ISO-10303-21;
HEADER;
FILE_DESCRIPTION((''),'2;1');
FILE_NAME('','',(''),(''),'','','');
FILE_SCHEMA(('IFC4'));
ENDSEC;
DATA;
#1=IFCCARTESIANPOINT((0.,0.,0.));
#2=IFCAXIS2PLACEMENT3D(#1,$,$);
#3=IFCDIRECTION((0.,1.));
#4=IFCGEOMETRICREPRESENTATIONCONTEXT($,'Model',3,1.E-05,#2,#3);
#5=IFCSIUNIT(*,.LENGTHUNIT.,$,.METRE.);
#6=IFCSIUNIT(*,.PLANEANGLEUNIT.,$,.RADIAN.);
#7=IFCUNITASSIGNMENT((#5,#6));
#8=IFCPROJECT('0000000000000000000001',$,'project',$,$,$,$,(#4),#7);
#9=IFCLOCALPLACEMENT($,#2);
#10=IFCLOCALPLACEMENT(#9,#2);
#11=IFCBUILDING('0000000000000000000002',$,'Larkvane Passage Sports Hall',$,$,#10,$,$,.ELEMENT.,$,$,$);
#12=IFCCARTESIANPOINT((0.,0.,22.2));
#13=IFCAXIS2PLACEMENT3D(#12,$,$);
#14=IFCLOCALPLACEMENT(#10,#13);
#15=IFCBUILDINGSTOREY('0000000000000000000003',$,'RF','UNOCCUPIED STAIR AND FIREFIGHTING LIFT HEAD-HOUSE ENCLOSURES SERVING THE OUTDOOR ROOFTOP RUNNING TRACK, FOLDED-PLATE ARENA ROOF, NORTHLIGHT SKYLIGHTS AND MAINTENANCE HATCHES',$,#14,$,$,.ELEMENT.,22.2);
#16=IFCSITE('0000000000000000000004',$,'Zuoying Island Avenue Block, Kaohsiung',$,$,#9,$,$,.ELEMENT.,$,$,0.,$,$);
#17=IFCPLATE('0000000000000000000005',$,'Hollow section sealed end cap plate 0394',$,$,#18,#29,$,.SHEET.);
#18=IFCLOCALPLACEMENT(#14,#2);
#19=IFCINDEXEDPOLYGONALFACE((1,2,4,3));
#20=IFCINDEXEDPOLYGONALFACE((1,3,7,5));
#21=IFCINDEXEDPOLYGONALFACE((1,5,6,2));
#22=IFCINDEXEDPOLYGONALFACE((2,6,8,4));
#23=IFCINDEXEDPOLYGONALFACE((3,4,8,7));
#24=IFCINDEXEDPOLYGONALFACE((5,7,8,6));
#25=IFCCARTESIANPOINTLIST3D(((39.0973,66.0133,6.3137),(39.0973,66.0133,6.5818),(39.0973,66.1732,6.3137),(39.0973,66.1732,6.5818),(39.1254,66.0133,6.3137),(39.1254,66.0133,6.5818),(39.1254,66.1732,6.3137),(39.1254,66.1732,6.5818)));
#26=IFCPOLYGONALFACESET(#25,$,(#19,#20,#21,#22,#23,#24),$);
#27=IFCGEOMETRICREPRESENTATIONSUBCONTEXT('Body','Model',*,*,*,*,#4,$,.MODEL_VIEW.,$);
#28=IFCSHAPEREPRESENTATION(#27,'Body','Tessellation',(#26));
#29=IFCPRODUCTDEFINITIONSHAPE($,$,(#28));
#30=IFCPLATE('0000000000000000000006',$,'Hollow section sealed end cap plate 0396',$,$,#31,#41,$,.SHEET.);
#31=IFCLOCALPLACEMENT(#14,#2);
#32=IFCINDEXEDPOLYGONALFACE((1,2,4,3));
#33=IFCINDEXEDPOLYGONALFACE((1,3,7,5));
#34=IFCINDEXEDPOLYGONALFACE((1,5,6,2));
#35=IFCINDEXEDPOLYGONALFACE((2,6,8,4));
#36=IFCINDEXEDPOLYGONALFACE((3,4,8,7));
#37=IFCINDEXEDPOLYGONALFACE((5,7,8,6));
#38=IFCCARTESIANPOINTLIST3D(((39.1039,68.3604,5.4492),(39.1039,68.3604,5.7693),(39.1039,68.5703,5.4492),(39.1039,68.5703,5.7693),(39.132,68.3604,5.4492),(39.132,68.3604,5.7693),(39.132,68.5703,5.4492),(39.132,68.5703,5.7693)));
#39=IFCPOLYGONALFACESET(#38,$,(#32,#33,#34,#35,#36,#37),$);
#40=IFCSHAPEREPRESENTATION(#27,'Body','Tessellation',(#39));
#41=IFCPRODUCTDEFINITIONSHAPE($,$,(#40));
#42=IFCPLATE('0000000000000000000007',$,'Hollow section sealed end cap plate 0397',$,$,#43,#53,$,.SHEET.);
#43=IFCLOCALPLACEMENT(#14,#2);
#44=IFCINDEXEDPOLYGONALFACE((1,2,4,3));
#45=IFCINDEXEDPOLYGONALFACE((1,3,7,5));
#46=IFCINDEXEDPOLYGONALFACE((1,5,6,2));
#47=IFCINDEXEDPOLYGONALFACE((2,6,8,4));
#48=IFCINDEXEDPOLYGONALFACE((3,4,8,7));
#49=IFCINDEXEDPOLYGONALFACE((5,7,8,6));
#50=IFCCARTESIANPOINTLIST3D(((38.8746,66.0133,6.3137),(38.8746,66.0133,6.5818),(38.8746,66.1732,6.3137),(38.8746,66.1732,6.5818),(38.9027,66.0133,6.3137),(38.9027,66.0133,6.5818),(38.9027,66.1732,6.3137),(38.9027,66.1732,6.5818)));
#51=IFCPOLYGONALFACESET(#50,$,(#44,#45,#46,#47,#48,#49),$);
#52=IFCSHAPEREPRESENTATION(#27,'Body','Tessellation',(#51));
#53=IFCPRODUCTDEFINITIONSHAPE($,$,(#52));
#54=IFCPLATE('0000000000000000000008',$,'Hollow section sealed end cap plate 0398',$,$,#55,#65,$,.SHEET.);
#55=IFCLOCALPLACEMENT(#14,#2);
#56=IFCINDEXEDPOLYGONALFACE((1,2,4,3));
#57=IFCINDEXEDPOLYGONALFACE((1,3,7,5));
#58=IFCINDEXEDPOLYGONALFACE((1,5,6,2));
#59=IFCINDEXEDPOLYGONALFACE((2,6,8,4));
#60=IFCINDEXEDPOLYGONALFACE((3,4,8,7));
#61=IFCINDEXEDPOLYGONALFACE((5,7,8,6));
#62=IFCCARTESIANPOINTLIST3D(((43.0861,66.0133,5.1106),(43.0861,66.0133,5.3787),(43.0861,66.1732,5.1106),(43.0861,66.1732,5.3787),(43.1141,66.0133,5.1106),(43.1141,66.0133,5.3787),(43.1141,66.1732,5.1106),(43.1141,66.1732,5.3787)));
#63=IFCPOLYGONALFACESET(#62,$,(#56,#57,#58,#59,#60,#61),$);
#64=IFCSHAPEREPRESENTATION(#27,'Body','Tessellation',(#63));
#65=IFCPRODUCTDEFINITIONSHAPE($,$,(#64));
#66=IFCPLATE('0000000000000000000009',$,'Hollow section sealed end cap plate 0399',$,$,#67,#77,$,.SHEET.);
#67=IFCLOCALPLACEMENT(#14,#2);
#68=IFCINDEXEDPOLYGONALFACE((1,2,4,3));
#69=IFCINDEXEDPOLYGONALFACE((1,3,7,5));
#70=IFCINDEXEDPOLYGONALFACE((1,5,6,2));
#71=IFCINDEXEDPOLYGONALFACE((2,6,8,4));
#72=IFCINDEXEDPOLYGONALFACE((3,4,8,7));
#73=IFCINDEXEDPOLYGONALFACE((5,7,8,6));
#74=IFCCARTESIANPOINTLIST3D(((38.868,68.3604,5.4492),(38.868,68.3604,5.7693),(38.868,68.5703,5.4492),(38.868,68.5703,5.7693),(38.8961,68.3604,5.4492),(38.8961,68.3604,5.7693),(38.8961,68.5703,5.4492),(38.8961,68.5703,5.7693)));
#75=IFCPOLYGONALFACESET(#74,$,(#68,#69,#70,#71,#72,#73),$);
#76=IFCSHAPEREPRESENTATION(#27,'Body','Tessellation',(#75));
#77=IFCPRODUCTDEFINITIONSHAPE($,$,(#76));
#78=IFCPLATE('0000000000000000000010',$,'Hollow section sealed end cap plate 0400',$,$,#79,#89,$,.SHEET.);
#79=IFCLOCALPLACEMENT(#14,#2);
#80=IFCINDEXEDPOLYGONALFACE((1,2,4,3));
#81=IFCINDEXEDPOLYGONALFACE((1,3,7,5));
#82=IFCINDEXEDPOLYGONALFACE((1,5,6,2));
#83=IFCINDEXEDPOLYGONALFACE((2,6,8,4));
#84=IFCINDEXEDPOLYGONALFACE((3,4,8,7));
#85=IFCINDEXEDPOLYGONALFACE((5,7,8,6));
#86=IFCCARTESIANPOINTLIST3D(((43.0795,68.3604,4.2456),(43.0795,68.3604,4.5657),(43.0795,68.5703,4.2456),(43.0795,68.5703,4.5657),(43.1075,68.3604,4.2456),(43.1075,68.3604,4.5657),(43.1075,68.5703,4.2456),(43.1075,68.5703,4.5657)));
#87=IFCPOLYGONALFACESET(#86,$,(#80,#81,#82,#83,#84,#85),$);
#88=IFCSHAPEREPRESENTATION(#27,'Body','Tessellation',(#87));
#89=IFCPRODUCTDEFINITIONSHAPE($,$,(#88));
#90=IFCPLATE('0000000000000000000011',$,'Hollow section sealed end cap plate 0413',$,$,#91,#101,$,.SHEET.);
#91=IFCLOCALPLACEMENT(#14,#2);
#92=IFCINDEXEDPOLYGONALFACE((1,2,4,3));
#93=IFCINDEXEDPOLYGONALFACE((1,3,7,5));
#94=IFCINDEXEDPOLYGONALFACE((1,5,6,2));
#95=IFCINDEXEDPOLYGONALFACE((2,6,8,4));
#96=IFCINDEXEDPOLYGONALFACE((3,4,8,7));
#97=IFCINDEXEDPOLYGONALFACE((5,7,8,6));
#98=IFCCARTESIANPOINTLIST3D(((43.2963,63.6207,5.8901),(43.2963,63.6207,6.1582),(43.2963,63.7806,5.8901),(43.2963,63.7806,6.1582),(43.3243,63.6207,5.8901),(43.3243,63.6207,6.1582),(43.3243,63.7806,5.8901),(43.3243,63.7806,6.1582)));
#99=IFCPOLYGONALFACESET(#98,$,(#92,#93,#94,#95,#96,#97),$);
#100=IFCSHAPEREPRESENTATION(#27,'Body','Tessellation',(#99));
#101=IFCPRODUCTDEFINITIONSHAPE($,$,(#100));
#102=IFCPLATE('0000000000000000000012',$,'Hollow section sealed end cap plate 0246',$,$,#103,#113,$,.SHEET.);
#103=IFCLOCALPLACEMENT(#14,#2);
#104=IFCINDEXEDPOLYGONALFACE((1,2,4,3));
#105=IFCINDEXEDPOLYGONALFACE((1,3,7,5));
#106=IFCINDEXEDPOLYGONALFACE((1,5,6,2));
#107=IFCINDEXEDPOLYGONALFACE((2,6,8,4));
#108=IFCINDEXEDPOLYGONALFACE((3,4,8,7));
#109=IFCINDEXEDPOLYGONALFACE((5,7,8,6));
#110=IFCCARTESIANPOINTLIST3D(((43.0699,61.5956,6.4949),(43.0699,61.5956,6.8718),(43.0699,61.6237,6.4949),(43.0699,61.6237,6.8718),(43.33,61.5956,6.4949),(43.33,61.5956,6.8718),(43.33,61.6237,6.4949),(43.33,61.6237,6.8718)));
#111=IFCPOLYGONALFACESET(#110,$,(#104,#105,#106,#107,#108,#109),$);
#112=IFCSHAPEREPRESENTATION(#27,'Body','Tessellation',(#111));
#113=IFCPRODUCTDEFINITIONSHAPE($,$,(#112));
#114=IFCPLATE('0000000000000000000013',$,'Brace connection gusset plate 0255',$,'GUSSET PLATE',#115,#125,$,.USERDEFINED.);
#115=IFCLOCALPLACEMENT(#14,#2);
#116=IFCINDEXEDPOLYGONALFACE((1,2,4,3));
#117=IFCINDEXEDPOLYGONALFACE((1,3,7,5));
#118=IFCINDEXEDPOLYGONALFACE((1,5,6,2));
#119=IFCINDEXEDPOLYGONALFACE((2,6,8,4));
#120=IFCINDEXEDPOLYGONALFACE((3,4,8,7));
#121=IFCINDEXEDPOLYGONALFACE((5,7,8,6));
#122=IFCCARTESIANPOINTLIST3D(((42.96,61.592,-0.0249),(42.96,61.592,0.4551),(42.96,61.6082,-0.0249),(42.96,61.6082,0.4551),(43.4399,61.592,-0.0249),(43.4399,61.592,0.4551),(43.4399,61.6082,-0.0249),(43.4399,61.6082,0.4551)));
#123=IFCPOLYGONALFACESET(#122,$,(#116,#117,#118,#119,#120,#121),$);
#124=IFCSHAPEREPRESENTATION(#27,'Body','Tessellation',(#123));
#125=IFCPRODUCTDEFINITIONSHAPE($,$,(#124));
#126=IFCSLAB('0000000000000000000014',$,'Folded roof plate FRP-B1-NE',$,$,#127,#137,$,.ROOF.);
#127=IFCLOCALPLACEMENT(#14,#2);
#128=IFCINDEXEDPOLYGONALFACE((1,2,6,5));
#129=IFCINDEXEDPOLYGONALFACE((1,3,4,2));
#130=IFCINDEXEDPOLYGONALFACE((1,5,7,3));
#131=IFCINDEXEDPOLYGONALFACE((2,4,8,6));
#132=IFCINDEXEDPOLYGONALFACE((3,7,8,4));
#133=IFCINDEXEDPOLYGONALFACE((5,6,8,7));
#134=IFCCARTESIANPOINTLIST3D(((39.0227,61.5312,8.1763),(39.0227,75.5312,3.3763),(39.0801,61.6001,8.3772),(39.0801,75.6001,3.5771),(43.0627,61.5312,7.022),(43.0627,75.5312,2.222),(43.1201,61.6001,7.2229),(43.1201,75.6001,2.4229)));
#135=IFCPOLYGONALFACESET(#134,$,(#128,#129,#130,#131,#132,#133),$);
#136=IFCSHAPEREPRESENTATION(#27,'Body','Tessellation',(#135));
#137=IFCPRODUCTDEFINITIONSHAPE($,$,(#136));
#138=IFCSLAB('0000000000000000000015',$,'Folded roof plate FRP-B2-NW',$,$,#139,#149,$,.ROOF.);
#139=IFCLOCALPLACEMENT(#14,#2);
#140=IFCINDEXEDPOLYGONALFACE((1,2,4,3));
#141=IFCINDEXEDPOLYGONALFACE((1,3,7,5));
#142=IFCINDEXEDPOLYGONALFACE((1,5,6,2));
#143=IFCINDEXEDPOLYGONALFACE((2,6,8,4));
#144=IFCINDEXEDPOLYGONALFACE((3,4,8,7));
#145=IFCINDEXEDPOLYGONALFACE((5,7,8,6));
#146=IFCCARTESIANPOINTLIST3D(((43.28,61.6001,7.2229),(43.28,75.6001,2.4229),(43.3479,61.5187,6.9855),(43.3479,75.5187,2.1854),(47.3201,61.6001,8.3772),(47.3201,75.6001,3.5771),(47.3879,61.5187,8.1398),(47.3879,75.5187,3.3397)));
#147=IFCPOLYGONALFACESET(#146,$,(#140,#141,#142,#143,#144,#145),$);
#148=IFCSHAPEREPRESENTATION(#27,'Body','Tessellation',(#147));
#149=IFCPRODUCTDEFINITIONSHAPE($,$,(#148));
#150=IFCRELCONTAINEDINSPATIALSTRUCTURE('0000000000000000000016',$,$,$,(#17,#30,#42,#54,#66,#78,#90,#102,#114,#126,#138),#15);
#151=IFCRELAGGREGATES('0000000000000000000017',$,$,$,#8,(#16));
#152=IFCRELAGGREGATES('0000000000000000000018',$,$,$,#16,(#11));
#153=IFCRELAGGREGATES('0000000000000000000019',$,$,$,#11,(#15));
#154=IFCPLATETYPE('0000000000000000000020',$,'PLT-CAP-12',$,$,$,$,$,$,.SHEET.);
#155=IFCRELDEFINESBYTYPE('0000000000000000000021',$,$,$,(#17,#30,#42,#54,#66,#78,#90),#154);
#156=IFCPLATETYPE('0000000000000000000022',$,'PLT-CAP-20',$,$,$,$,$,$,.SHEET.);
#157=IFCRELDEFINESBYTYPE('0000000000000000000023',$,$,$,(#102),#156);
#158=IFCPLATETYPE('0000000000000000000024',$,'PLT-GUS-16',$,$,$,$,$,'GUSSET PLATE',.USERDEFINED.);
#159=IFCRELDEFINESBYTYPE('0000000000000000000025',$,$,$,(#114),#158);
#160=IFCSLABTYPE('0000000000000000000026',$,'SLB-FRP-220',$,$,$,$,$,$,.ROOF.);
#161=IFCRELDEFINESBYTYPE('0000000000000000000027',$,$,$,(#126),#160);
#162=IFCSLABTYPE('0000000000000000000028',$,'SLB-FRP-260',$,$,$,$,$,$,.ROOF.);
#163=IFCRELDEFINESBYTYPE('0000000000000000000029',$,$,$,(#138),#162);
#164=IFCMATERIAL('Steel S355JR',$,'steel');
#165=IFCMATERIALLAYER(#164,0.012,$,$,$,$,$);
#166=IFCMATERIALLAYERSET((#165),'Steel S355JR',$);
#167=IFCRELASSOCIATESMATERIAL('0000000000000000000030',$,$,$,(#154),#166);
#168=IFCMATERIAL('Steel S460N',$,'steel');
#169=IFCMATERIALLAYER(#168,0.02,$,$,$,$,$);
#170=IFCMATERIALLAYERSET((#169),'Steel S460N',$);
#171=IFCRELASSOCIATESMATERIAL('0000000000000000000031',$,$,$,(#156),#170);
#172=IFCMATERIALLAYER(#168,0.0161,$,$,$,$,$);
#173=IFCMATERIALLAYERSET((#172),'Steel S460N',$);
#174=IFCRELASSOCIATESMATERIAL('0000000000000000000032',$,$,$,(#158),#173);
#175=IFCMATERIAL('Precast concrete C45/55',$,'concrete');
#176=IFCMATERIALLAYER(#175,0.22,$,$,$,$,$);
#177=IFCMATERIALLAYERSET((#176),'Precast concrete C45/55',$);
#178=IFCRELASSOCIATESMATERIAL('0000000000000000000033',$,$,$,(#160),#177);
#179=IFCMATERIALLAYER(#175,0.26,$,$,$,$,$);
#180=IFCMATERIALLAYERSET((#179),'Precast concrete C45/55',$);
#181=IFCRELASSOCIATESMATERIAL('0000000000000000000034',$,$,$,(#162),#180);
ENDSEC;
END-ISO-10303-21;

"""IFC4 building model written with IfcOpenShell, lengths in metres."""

from ifc_helpers import new_model, si_unit, direction, frame, origin, origin_2d, place, context, subcontext, project, spatial, polyline, rectangle, outline, extrude, material, layer, layer_set, type_object, element, save


model = new_model("IFC4")

# Units and contexts
model_context = context("Model", 3, precision=1e-05, world=origin(), true_north=direction((0.0, 1.0)))
body_context = subcontext(model_context, "Body", "Model", "MODEL_VIEW")
ifc_project = project(units=[si_unit("LENGTHUNIT", "METRE"), si_unit("PLANEANGLEUNIT", "RADIAN")], contexts=[model_context])

# Site, building, storey
site_placement = place(None, origin())
site = spatial("IfcSite", under=ifc_project, at=site_placement, Name="Zuoying Island Avenue Block, Kaohsiung", CompositionType="ELEMENT", RefElevation=0.0)
building_placement = place(site_placement, origin())
building = spatial("IfcBuilding", under=site, at=building_placement, Name="Larkvane Passage Sports Hall", CompositionType="ELEMENT")
storey_placement = place(building_placement, frame((0.0, 0.0, 22.2)))
storey = spatial("IfcBuildingStorey", under=building, at=storey_placement, Name="RF", Description="UNOCCUPIED STAIR AND FIREFIGHTING LIFT HEAD-HOUSE ENCLOSURES SERVING THE OUTDOOR ROOFTOP RUNNING TRACK, FOLDED-PLATE ARENA ROOF, NORTHLIGHT SKYLIGHTS AND MAINTENANCE HATCHES", CompositionType="ELEMENT", Elevation=22.2)

# Shared definitions
ifc_material_1 = material(Name="Steel S355JR", Category="steel")
ifc_material_2 = material(Name="Steel S460N", Category="steel")

# Plates
ifc_layer_1 = layer(ifc_material_1, 0.012)
ifc_layer_set_1 = layer_set([ifc_layer_1], Name="Steel S355JR")
plate_type_1 = type_object("IfcPlateType", Name="PLT-CAP-12", PredefinedType="SHEET", material=ifc_layer_set_1)
plate_1_placement = place(storey_placement, frame((39.1113, 66.0933, 6.3137), z_axis=(0.0, 0.0, 1.0), x_axis=(0.0, 1.0, 0.0)))
element("IfcPlate", 1, at=plate_1_placement, inside=storey, type_object=plate_type_1, Name="Hollow section sealed end cap plate 0394", PredefinedType="SHEET", context=body_context, shape_type="SweptSolid", body=[
    extrude(rectangle(XDim=0.1599, YDim=0.0281, at=origin_2d()), origin(), (0.0, 0.0, 1.0), 0.2681),
])
plate_2_placement = place(storey_placement, frame((39.1179, 68.4653, 5.4492), z_axis=(0.0, 0.0, 1.0), x_axis=(0.0, 1.0, 0.0)))
element("IfcPlate", 2, at=plate_2_placement, inside=storey, type_object=plate_type_1, Name="Hollow section sealed end cap plate 0396", PredefinedType="SHEET", context=body_context, shape_type="SweptSolid", body=[
    extrude(rectangle(XDim=0.21, YDim=0.0281, at=origin_2d()), origin(), (0.0, 0.0, 1.0), 0.3201),
])
for number, where, z_axis, x_axis, name in (
    (3, (38.8887, 66.0933, 6.3137), (0.0, 0.0, 1.0), (0.0, 1.0, 0.0), "Hollow section sealed end cap plate 0397"),
    (4, (43.1001, 66.0933, 5.1106), (0.0, 0.0, 1.0), (0.0, 1.0, 0.0), "Hollow section sealed end cap plate 0398"),
):
    element("IfcPlate", number, at=place(storey_placement, frame(where, z_axis=z_axis, x_axis=x_axis)), inside=storey, type_object=plate_type_1, Name=name, PredefinedType="SHEET", context=body_context, shape_type="SweptSolid", body=[
        extrude(rectangle(XDim=0.1599, YDim=0.0281, at=origin_2d()), origin(), (0.0, 0.0, 1.0), 0.2681),
    ])
for number, where, z_axis, x_axis, name in (
    (5, (38.8821, 68.4653, 5.4492), (0.0, 0.0, 1.0), (0.0, 1.0, 0.0), "Hollow section sealed end cap plate 0399"),
    (6, (43.0935, 68.4653, 4.2456), (0.0, 0.0, 1.0), (0.0, 1.0, 0.0), "Hollow section sealed end cap plate 0400"),
):
    element("IfcPlate", number, at=place(storey_placement, frame(where, z_axis=z_axis, x_axis=x_axis)), inside=storey, type_object=plate_type_1, Name=name, PredefinedType="SHEET", context=body_context, shape_type="SweptSolid", body=[
        extrude(rectangle(XDim=0.21, YDim=0.0281, at=origin_2d()), origin(), (0.0, 0.0, 1.0), 0.3201),
    ])
plate_3_placement = place(storey_placement, frame((43.3103, 63.7007, 5.8901), z_axis=(0.0, 0.0, 1.0), x_axis=(0.0, 1.0, 0.0)))
element("IfcPlate", 7, at=plate_3_placement, inside=storey, type_object=plate_type_1, Name="Hollow section sealed end cap plate 0413", PredefinedType="SHEET", context=body_context, shape_type="SweptSolid", body=[
    extrude(rectangle(XDim=0.1599, YDim=0.0281, at=origin_2d()), origin(), (0.0, 0.0, 1.0), 0.2681),
])
ifc_layer_2 = layer(ifc_material_2, 0.02)
ifc_layer_set_2 = layer_set([ifc_layer_2], Name="Steel S460N")
plate_type_2 = type_object("IfcPlateType", Name="PLT-CAP-20", PredefinedType="SHEET", material=ifc_layer_set_2)
plate_4_placement = place(storey_placement, frame((43.2, 61.6096, 6.4949), z_axis=(0.0, 0.0, 1.0), x_axis=(-1.0, 0.0, 0.0)))
element("IfcPlate", 8, at=plate_4_placement, inside=storey, type_object=plate_type_2, Name="Hollow section sealed end cap plate 0246", PredefinedType="SHEET", context=body_context, shape_type="SweptSolid", body=[
    extrude(rectangle(XDim=0.26, YDim=0.0281, at=origin_2d()), origin(), (0.0, 0.0, 1.0), 0.377),
])
ifc_layer_3 = layer(ifc_material_2, 0.0161)
ifc_layer_set_3 = layer_set([ifc_layer_3], Name="Steel S460N")
plate_type_3 = type_object("IfcPlateType", Name="PLT-GUS-16", ElementType="GUSSET PLATE", PredefinedType="USERDEFINED", material=ifc_layer_set_3)
plate_5_placement = place(storey_placement, frame((43.2, 61.6001, -0.0249), z_axis=(0.0, 0.0, 1.0), x_axis=(1.0, 0.0, 0.0)))
element("IfcPlate", 9, at=plate_5_placement, inside=storey, type_object=plate_type_3, Name="Brace connection gusset plate 0255", ObjectType="GUSSET PLATE", PredefinedType="USERDEFINED", context=body_context, shape_type="SweptSolid", body=[
    extrude(rectangle(XDim=0.48, YDim=0.0161, at=origin_2d()), origin(), (0.0, 0.0, 1.0), 0.48),
])

# Slabs
ifc_material_3 = material(Name="Precast concrete C45/55", Category="concrete")
ifc_layer_4 = layer(ifc_material_3, 0.22)
ifc_layer_set_4 = layer_set([ifc_layer_4], Name="Precast concrete C45/55")
slab_type_1 = type_object("IfcSlabType", Name="SLB-FRP-220", PredefinedType="ROOF", material=ifc_layer_set_4)
slab_1_placement = place(storey_placement, frame((39.0801, 61.6001, 8.3772), z_axis=(0.260909, 0.313094, 0.913181), x_axis=(0.961524, 0.0, -0.274721)))
element("IfcSlab", 10, at=slab_1_placement, inside=storey, type_object=slab_type_1, Name="Folded roof plate FRP-B1-NE", PredefinedType="ROOF", context=body_context, shape_type="SweptSolid", body=[
    extrude(outline(polyline([(0.0, 0.0), (4.2017, 0.0), (5.5204, 14.7412), (1.3187, 14.7412), (0.0, 0.0)])), origin(), (0.0, 0.0, -1.0), 0.22),
])
ifc_layer_5 = layer(ifc_material_3, 0.26)
ifc_layer_set_5 = layer_set([ifc_layer_5], Name="Precast concrete C45/55")
slab_type_2 = type_object("IfcSlabType", Name="SLB-FRP-260", PredefinedType="ROOF", material=ifc_layer_set_5)
slab_2_placement = place(storey_placement, frame((43.28, 61.6001, 7.2229), z_axis=(-0.260909, 0.313094, 0.913181), x_axis=(0.961524, 0.0, 0.274721)))
element("IfcSlab", 11, at=slab_2_placement, inside=storey, type_object=slab_type_2, Name="Folded roof plate FRP-B2-NW", PredefinedType="ROOF", context=body_context, shape_type="SweptSolid", body=[
    extrude(outline(polyline([(0.0, 0.0), (4.2017, 0.0), (2.883, 14.7412), (-1.3187, 14.7412), (0.0, 0.0)])), origin(), (0.0, 0.0, -1.0), 0.26),
])

save(model, "model.ifc")
